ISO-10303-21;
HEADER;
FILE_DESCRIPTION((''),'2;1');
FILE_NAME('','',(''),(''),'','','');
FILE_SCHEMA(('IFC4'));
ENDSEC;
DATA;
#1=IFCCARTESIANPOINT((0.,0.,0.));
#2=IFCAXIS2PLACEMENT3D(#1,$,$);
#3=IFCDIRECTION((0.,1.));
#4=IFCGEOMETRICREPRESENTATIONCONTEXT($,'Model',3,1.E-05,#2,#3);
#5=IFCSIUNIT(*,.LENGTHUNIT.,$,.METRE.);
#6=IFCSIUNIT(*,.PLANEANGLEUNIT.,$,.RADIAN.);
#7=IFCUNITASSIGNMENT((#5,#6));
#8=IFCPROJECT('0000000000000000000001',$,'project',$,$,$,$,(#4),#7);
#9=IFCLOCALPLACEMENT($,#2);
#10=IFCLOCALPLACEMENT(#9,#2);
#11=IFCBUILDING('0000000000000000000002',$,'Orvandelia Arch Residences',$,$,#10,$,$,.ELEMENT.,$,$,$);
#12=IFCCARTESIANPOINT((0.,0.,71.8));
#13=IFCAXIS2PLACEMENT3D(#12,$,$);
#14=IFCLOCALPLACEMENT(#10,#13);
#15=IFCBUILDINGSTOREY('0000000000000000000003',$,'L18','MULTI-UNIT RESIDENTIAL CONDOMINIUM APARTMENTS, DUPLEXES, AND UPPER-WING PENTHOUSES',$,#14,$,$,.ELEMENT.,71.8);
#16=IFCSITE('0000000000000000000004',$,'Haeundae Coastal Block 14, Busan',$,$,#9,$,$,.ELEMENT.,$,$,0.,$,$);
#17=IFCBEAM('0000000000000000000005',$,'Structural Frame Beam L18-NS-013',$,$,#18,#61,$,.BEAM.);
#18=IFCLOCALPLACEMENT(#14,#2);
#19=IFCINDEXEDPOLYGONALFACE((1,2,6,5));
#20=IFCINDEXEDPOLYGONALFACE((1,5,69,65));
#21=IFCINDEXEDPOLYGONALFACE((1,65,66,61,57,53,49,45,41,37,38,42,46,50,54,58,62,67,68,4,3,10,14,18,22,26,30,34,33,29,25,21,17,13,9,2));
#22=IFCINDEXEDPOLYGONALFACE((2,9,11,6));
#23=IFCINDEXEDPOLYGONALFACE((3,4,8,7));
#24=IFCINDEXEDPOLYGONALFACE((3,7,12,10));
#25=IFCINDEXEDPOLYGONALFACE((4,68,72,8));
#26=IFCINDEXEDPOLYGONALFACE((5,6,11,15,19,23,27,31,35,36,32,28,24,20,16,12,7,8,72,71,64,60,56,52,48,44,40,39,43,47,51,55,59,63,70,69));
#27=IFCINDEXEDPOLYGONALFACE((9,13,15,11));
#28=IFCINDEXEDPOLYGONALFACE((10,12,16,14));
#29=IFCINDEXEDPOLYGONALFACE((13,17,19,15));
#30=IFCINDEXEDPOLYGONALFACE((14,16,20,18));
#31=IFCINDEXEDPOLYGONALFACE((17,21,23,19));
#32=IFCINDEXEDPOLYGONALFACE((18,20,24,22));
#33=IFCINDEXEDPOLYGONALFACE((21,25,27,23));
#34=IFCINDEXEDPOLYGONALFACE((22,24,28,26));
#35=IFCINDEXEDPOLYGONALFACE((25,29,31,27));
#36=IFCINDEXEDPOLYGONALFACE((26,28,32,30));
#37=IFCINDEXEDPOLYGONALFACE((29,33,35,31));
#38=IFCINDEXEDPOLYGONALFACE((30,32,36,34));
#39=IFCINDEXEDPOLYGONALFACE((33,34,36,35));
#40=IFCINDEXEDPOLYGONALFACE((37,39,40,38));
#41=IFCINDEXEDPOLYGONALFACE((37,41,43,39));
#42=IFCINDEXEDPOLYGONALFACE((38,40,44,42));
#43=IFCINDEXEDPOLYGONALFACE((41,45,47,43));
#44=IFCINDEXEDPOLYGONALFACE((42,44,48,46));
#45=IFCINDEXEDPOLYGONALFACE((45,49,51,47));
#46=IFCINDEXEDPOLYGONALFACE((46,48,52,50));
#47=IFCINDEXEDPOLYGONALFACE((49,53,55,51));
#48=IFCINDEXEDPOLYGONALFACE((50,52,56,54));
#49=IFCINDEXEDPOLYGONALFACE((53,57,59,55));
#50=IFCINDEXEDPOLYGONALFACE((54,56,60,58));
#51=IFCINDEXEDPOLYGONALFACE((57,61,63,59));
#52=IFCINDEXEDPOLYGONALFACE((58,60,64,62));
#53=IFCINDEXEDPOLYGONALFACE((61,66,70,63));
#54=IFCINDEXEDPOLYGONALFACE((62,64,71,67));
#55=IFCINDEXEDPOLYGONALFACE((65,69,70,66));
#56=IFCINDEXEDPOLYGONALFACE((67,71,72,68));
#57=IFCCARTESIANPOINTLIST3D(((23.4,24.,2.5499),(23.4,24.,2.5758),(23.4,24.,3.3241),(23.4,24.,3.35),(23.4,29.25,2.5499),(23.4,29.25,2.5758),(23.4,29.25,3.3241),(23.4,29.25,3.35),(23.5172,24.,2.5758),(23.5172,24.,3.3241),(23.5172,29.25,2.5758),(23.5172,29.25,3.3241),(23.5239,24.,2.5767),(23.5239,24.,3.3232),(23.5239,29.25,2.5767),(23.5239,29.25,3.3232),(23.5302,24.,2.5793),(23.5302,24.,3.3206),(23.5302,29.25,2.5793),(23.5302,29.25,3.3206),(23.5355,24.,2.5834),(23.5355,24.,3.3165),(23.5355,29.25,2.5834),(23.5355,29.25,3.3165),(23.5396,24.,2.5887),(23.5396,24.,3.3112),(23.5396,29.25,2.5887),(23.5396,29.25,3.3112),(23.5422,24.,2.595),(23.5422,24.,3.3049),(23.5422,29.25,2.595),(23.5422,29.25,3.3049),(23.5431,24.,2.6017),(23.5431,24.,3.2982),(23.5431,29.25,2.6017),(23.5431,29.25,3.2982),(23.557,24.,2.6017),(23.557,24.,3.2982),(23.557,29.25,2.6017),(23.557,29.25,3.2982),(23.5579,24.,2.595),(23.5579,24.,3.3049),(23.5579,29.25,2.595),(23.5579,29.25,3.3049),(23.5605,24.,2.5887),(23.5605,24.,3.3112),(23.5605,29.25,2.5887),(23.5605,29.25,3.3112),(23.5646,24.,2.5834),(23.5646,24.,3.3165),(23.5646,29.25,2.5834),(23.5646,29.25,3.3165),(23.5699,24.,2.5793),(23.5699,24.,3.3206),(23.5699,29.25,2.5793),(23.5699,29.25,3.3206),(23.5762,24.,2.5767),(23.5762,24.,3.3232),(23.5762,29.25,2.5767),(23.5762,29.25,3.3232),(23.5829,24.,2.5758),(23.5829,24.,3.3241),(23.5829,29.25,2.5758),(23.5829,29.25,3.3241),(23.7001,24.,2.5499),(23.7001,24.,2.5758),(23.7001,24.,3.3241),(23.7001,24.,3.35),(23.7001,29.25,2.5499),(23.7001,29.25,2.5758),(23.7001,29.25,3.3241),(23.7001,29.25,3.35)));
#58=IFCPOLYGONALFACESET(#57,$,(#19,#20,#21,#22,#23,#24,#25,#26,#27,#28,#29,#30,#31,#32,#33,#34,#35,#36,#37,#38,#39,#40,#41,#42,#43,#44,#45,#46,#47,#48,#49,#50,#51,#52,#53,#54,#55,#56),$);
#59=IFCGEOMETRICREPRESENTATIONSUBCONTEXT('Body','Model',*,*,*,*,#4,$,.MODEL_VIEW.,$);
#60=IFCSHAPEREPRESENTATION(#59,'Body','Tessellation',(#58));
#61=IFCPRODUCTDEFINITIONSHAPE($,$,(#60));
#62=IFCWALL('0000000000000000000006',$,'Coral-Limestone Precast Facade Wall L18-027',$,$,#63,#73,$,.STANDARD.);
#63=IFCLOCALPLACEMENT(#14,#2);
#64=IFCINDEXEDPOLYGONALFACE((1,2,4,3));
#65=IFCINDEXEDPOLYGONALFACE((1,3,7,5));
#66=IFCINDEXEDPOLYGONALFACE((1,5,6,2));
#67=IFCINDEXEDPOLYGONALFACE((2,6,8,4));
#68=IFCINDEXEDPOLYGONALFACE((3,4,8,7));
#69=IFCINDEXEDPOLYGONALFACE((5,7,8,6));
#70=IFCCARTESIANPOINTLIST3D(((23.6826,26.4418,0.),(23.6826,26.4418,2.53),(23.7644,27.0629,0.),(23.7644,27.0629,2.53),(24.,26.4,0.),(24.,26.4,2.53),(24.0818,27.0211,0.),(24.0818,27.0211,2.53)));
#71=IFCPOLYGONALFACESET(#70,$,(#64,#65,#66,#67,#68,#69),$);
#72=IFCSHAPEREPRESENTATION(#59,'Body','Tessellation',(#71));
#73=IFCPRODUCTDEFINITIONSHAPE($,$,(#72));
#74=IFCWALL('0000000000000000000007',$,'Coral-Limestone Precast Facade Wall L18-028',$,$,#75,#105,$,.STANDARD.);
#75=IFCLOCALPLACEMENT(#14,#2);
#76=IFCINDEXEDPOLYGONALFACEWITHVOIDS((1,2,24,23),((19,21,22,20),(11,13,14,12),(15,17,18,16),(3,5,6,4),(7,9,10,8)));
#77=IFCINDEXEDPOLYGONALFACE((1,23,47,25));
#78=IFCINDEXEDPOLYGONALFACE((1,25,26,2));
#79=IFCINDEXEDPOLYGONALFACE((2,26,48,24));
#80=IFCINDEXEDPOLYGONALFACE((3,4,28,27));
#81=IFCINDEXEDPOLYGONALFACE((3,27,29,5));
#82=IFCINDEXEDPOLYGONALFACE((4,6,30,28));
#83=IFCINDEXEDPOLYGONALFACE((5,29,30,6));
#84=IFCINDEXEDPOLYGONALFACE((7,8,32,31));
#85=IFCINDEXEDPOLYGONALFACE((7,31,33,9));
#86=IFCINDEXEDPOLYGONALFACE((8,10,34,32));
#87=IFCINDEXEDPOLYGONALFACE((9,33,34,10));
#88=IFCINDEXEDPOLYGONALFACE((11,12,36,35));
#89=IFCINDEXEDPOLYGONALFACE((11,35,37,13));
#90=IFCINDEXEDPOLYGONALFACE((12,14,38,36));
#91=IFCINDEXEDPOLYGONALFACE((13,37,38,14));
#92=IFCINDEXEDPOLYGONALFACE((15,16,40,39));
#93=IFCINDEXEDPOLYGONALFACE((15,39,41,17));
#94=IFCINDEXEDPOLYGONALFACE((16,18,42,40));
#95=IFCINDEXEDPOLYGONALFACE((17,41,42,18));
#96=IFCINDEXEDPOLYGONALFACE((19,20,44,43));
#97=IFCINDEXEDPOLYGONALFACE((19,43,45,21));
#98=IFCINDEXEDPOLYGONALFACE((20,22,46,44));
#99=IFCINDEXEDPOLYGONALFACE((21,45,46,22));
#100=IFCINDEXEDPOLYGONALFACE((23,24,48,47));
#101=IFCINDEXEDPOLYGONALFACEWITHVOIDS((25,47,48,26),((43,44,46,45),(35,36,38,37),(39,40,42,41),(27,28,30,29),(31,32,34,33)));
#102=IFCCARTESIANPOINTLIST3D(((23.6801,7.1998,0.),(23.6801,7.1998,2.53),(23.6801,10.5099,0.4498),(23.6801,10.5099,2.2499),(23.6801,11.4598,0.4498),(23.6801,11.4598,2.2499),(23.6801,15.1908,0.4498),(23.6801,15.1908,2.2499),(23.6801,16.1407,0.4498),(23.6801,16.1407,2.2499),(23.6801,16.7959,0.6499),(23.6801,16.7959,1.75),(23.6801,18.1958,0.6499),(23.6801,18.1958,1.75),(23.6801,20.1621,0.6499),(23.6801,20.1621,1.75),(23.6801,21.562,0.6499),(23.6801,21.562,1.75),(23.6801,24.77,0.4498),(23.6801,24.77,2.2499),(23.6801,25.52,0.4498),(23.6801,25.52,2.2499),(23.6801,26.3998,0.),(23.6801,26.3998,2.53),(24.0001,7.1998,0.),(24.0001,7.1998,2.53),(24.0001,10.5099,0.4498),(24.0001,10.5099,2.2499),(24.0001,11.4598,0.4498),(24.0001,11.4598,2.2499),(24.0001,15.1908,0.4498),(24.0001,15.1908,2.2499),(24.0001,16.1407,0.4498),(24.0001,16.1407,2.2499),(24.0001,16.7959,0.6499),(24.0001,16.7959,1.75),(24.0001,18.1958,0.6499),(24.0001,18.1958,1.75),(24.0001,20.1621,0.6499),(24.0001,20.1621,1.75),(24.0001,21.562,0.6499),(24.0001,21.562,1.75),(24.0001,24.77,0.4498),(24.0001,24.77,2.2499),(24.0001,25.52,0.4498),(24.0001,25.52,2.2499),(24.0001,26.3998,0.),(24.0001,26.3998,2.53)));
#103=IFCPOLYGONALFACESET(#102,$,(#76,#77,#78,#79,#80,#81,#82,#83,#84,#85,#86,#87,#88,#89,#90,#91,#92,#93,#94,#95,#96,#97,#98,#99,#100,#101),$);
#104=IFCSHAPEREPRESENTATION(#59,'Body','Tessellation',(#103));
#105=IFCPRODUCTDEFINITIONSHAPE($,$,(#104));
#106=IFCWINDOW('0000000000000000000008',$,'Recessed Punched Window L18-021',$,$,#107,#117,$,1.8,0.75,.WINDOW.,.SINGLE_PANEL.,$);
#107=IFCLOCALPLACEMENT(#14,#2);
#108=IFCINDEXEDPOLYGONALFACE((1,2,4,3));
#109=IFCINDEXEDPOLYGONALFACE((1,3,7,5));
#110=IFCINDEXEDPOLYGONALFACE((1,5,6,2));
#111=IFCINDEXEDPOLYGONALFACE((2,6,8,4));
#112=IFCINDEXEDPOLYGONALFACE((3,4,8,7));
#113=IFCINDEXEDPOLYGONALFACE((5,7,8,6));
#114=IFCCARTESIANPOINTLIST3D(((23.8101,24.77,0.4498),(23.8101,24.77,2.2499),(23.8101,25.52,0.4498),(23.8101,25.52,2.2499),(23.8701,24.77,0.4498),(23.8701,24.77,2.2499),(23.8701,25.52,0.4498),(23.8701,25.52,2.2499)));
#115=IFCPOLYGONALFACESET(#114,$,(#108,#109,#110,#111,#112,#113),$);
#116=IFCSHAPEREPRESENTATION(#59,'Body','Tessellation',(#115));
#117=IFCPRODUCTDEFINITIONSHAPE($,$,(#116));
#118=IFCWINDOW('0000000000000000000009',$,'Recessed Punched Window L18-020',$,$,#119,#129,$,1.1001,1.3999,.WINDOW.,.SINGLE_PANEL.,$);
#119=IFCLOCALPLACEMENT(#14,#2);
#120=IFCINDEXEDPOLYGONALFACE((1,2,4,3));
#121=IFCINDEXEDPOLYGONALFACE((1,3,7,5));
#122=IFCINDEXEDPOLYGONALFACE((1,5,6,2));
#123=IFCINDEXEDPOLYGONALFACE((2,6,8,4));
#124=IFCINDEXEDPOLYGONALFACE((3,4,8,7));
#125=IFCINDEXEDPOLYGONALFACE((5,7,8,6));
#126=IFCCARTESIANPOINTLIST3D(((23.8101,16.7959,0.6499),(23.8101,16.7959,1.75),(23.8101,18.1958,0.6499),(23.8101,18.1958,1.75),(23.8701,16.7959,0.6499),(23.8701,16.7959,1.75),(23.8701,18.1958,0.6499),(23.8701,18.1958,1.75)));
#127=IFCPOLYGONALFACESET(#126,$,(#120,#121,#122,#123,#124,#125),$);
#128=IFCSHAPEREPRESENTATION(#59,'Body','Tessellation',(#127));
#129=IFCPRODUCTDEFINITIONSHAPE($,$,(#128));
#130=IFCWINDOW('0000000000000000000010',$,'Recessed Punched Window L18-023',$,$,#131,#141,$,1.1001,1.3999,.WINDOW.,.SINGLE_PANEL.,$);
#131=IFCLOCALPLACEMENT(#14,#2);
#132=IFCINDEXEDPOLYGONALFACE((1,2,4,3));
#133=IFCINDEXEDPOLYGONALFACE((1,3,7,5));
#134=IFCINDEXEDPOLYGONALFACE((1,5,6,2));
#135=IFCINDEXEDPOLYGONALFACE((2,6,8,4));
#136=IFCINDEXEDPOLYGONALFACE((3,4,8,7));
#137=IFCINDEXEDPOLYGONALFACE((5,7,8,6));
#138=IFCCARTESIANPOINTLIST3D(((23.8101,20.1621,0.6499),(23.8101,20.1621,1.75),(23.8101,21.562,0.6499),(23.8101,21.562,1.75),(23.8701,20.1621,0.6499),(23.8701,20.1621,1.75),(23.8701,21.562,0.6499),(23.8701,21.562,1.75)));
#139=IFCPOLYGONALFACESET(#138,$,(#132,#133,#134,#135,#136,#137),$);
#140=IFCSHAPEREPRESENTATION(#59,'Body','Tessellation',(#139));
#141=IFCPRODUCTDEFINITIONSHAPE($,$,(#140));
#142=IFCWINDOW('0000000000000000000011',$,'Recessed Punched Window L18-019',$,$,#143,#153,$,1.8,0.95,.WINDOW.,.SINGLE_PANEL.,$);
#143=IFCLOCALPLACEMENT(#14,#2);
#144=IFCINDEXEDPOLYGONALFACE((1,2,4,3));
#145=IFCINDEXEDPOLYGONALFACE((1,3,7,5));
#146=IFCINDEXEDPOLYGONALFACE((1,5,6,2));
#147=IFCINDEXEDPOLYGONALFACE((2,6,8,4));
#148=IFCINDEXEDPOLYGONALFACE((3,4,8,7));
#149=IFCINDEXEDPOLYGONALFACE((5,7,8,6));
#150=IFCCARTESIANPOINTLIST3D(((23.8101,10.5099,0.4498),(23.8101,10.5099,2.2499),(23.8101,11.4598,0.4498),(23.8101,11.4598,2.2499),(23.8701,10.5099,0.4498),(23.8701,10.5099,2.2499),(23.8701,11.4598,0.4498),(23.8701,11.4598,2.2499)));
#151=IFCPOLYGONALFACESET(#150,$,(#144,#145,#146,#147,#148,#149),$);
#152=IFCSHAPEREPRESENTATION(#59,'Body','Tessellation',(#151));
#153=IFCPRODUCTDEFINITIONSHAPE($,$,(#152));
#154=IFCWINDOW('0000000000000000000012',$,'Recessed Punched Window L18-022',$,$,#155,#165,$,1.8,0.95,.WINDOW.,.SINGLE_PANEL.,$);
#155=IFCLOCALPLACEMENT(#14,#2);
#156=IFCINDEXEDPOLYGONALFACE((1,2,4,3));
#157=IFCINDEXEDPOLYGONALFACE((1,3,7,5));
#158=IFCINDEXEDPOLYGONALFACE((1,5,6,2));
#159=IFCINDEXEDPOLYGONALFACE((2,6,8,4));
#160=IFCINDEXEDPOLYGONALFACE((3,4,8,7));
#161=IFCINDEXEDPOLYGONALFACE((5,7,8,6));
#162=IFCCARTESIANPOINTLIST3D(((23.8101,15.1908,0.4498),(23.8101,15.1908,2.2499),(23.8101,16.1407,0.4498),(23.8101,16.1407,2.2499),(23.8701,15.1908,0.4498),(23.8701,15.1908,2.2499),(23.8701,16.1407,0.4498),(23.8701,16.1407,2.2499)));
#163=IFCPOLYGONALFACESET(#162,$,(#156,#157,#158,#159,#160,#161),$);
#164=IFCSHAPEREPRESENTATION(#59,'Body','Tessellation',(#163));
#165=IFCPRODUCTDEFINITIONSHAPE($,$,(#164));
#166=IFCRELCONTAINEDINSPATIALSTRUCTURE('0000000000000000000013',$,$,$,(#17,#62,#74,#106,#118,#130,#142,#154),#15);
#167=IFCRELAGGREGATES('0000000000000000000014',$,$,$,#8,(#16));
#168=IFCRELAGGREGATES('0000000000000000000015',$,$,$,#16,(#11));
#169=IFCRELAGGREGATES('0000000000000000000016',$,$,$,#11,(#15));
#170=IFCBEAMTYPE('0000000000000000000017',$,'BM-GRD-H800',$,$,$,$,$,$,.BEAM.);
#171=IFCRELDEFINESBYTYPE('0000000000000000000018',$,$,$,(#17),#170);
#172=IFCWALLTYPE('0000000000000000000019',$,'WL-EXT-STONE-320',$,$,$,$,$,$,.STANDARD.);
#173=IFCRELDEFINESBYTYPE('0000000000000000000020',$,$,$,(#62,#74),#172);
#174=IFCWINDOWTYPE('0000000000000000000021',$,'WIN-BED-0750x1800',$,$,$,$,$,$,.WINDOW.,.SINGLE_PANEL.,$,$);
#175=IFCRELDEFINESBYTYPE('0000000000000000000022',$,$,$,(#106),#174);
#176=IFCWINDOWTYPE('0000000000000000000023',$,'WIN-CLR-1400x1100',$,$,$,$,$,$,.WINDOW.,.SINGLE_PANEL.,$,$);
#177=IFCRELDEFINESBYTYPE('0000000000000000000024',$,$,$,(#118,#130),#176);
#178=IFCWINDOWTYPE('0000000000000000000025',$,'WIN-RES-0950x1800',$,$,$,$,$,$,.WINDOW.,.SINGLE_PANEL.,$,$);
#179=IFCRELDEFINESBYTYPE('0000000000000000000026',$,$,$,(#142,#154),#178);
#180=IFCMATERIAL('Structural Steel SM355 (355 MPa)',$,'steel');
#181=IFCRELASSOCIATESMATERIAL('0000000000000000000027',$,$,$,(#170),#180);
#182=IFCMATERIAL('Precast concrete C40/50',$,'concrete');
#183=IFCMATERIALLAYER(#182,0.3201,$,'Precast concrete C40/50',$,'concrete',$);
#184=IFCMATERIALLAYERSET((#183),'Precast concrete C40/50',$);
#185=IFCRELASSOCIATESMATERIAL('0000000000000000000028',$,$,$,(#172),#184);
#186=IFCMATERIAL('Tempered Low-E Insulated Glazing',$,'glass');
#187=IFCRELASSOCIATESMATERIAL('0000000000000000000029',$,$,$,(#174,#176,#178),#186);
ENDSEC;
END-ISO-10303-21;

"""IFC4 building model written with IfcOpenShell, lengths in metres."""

from ifc_helpers import new_model, si_unit, direction, frame, frame_2d, origin, origin_2d, place, context, subcontext, project, spatial, rectangle, i_section, extrude, material, layer, layer_set, material_profile, profile_set, type_object, element, fill, save


model = new_model("IFC4")

# Units and contexts
model_context = context("Model", 3, precision=1e-05, world=origin(), true_north=direction((0.0, 1.0)))
body_context = subcontext(model_context, "Body", "Model", "MODEL_VIEW")
ifc_project = project(units=[si_unit("LENGTHUNIT", "METRE"), si_unit("PLANEANGLEUNIT", "RADIAN")], contexts=[model_context])

# Site, building, storey
site_placement = place(None, origin())
site = spatial("IfcSite", under=ifc_project, at=site_placement, Name="Haeundae Coastal Block 14, Busan", CompositionType="ELEMENT", RefElevation=0.0)
building_placement = place(site_placement, origin())
building = spatial("IfcBuilding", under=site, at=building_placement, Name="Orvandelia Arch Residences", CompositionType="ELEMENT")
storey_placement = place(building_placement, frame((0.0, 0.0, 71.8)))
storey = spatial("IfcBuildingStorey", under=building, at=storey_placement, Name="L18", Description="MULTI-UNIT RESIDENTIAL CONDOMINIUM APARTMENTS, DUPLEXES, AND UPPER-WING PENTHOUSES", CompositionType="ELEMENT", Elevation=71.8)

# Beam
ifc_material_1 = material(Name="Structural Steel SM355 (355 MPa)", Category="steel")
ifc_material_profile_1 = material_profile(ifc_material_1, i_section(OverallWidth=0.3, OverallDepth=0.8, WebThickness=0.0139, FlangeThickness=0.0259, FilletRadius=0.0259, at=origin_2d()), Name="Structural Steel SM355 (355 MPa)", Category="steel")
ifc_profile_set_1 = profile_set([ifc_material_profile_1], Name="Structural Steel SM355 (355 MPa)")
beam_type = type_object("IfcBeamType", Name="BM-GRD-H800", PredefinedType="BEAM", material=ifc_profile_set_1)
beam_1_placement = place(storey_placement, frame((23.55, 24.0, 2.95), z_axis=(0.0, 1.0, 0.0), x_axis=(-1.0, 0.0, 0.0)))
element("IfcBeam", 1, at=beam_1_placement, inside=storey, type_object=beam_type, Name="Structural Frame Beam L18-NS-013", PredefinedType="BEAM", context=body_context, shape_type="SweptSolid", body=[
    extrude(i_section(OverallWidth=0.3, OverallDepth=0.8, WebThickness=0.0139, FlangeThickness=0.0259, FilletRadius=0.0259, at=origin_2d()), origin(), (0.0, 0.0, 1.0), 5.25),
])

# Wall
ifc_material_2 = material(Name="Precast concrete C40/50", Category="concrete")
ifc_layer_1 = layer(ifc_material_2, 0.3201, Name="Precast concrete C40/50", Category="concrete")
ifc_layer_set_1 = layer_set([ifc_layer_1], Name="Precast concrete C40/50")
wall_type_1 = type_object("IfcWallType", Name="WL-EXT-STONE-320", PredefinedType="STANDARD", material=ifc_layer_set_1)
wall_1_placement = place(storey_placement, frame((23.9231, 27.042, 0.0), z_axis=(0.0, 0.0, 1.0), x_axis=(-0.130555, -0.991441, 0.0)))
element("IfcWall", 2, at=wall_1_placement, inside=storey, type_object=wall_type_1, Name="Coral-Limestone Precast Facade Wall L18-027", PredefinedType="STANDARD", context=body_context, shape_type="SweptSolid", body=[
    extrude(rectangle(XDim=0.6265, YDim=0.3201, at=frame_2d((0.3132, 0.0))), origin(), (0.0, 0.0, 1.0), 2.53),
])

# Wall, openings, windows
wall_2_placement = place(storey_placement, frame((23.8401, 26.3999, 0.0), z_axis=(0.0, 0.0, 1.0), x_axis=(0.0, -1.0, 0.0)))
wall_2 = element("IfcWall", 3, at=wall_2_placement, inside=storey, type_object=wall_type_1, Name="Coral-Limestone Precast Facade Wall L18-028", PredefinedType="STANDARD", context=body_context, shape_type="SweptSolid", body=[
    extrude(rectangle(XDim=19.2, YDim=0.3201, at=frame_2d((9.6001, 0.0))), origin(), (0.0, 0.0, 1.0), 2.53),
])
opening_1_placement = place(wall_2_placement, frame((14.9399, 0.0, 0.45)))
opening_1 = element("IfcOpeningElement", 4, at=opening_1_placement, cuts=wall_2, PredefinedType="OPENING", context=body_context, shape_type="SweptSolid", body=[
    extrude(rectangle(XDim=0.95, YDim=1.8, at=frame_2d((0.4751, 0.8999))), frame((0.0, 0.1699, 0.0), z_axis=(0.0, -1.0, 0.0), x_axis=(1.0, 0.0, 0.0)), (0.0, 0.0, 1.0), 0.3401),
])
opening_2_placement = place(wall_2_placement, frame((8.2041, 0.0, 0.6499)))
opening_2 = element("IfcOpeningElement", 5, at=opening_2_placement, cuts=wall_2, PredefinedType="OPENING", context=body_context, shape_type="SweptSolid", body=[
    extrude(rectangle(XDim=1.3999, YDim=1.1001, at=frame_2d((0.7, 0.55))), frame((0.0, 0.1699, 0.0), z_axis=(0.0, -1.0, 0.0), x_axis=(1.0, 0.0, 0.0)), (0.0, 0.0, 1.0), 0.3401),
])
opening_3_placement = place(wall_2_placement, frame((0.8799, 0.0, 0.45)))
opening_3 = element("IfcOpeningElement", 6, at=opening_3_placement, cuts=wall_2, PredefinedType="OPENING", context=body_context, shape_type="SweptSolid", body=[
    extrude(rectangle(XDim=0.75, YDim=1.8, at=frame_2d((0.375, 0.8999))), frame((0.0, 0.1699, 0.0), z_axis=(0.0, -1.0, 0.0), x_axis=(1.0, 0.0, 0.0)), (0.0, 0.0, 1.0), 0.3401),
])
opening_4_placement = place(wall_2_placement, frame((10.259, 0.0, 0.45)))
opening_4 = element("IfcOpeningElement", 7, at=opening_4_placement, cuts=wall_2, PredefinedType="OPENING", context=body_context, shape_type="SweptSolid", body=[
    extrude(rectangle(XDim=0.95, YDim=1.8, at=frame_2d((0.4751, 0.8999))), frame((0.0, 0.1699, 0.0), z_axis=(0.0, -1.0, 0.0), x_axis=(1.0, 0.0, 0.0)), (0.0, 0.0, 1.0), 0.3401),
])
opening_5_placement = place(wall_2_placement, frame((4.8379, 0.0, 0.6499)))
opening_5 = element("IfcOpeningElement", 8, at=opening_5_placement, cuts=wall_2, PredefinedType="OPENING", context=body_context, shape_type="SweptSolid", body=[
    extrude(rectangle(XDim=1.3999, YDim=1.1001, at=frame_2d((0.7, 0.55))), frame((0.0, 0.1699, 0.0), z_axis=(0.0, -1.0, 0.0), x_axis=(1.0, 0.0, 0.0)), (0.0, 0.0, 1.0), 0.3401),
])
ifc_material_3 = material(Name="Tempered Low-E Insulated Glazing", Category="glass")
window_type_1 = type_object("IfcWindowType", Name="WIN-BED-0750x1800", PartitioningType="SINGLE_PANEL", PredefinedType="WINDOW", material=ifc_material_3)
window_1_placement = place(opening_3_placement, origin())
window_1 = element("IfcWindow", 9, at=window_1_placement, inside=storey, type_object=window_type_1, Name="Recessed Punched Window L18-021", OverallHeight=1.8, OverallWidth=0.75, PartitioningType="SINGLE_PANEL", PredefinedType="WINDOW", context=body_context, shape_type="SweptSolid", body=[
    extrude(rectangle(XDim=0.75, YDim=1.8, at=frame_2d((0.375, 0.8999))), frame((0.0, 0.03, 0.0), z_axis=(0.0, -1.0, 0.0), x_axis=(1.0, 0.0, 0.0)), (0.0, 0.0, 1.0), 0.0601),
])
fill(opening_3, window_1)
window_type_2 = type_object("IfcWindowType", Name="WIN-CLR-1400x1100", PartitioningType="SINGLE_PANEL", PredefinedType="WINDOW", material=ifc_material_3)
window_2_placement = place(opening_2_placement, origin())
window_2 = element("IfcWindow", 10, at=window_2_placement, inside=storey, type_object=window_type_2, Name="Recessed Punched Window L18-020", OverallHeight=1.1001, OverallWidth=1.3999, PartitioningType="SINGLE_PANEL", PredefinedType="WINDOW", context=body_context, shape_type="SweptSolid", body=[
    extrude(rectangle(XDim=1.3999, YDim=1.1001, at=frame_2d((0.7, 0.55))), frame((0.0, 0.03, 0.0), z_axis=(0.0, -1.0, 0.0), x_axis=(1.0, 0.0, 0.0)), (0.0, 0.0, 1.0), 0.0601),
])
fill(opening_2, window_2)
window_3_placement = place(opening_5_placement, origin())
window_3 = element("IfcWindow", 11, at=window_3_placement, inside=storey, type_object=window_type_2, Name="Recessed Punched Window L18-023", OverallHeight=1.1001, OverallWidth=1.3999, PartitioningType="SINGLE_PANEL", PredefinedType="WINDOW", context=body_context, shape_type="SweptSolid", body=[
    extrude(rectangle(XDim=1.3999, YDim=1.1001, at=frame_2d((0.7, 0.55))), frame((0.0, 0.03, 0.0), z_axis=(0.0, -1.0, 0.0), x_axis=(1.0, 0.0, 0.0)), (0.0, 0.0, 1.0), 0.0601),
])
fill(opening_5, window_3)
window_type_3 = type_object("IfcWindowType", Name="WIN-RES-0950x1800", PartitioningType="SINGLE_PANEL", PredefinedType="WINDOW", material=ifc_material_3)
window_4_placement = place(opening_1_placement, origin())
window_4 = element("IfcWindow", 12, at=window_4_placement, inside=storey, type_object=window_type_3, Name="Recessed Punched Window L18-019", OverallHeight=1.8, OverallWidth=0.95, PartitioningType="SINGLE_PANEL", PredefinedType="WINDOW", context=body_context, shape_type="SweptSolid", body=[
    extrude(rectangle(XDim=0.95, YDim=1.8, at=frame_2d((0.4751, 0.8999))), frame((0.0, 0.03, 0.0), z_axis=(0.0, -1.0, 0.0), x_axis=(1.0, 0.0, 0.0)), (0.0, 0.0, 1.0), 0.0601),
])
fill(opening_1, window_4)
window_5_placement = place(opening_4_placement, origin())
window_5 = element("IfcWindow", 13, at=window_5_placement, inside=storey, type_object=window_type_3, Name="Recessed Punched Window L18-022", OverallHeight=1.8, OverallWidth=0.95, PartitioningType="SINGLE_PANEL", PredefinedType="WINDOW", context=body_context, shape_type="SweptSolid", body=[
    extrude(rectangle(XDim=0.95, YDim=1.8, at=frame_2d((0.4751, 0.8999))), frame((0.0, 0.03, 0.0), z_axis=(0.0, -1.0, 0.0), x_axis=(1.0, 0.0, 0.0)), (0.0, 0.0, 1.0), 0.0601),
])
fill(opening_4, window_5)

save(model, "model.ifc")
